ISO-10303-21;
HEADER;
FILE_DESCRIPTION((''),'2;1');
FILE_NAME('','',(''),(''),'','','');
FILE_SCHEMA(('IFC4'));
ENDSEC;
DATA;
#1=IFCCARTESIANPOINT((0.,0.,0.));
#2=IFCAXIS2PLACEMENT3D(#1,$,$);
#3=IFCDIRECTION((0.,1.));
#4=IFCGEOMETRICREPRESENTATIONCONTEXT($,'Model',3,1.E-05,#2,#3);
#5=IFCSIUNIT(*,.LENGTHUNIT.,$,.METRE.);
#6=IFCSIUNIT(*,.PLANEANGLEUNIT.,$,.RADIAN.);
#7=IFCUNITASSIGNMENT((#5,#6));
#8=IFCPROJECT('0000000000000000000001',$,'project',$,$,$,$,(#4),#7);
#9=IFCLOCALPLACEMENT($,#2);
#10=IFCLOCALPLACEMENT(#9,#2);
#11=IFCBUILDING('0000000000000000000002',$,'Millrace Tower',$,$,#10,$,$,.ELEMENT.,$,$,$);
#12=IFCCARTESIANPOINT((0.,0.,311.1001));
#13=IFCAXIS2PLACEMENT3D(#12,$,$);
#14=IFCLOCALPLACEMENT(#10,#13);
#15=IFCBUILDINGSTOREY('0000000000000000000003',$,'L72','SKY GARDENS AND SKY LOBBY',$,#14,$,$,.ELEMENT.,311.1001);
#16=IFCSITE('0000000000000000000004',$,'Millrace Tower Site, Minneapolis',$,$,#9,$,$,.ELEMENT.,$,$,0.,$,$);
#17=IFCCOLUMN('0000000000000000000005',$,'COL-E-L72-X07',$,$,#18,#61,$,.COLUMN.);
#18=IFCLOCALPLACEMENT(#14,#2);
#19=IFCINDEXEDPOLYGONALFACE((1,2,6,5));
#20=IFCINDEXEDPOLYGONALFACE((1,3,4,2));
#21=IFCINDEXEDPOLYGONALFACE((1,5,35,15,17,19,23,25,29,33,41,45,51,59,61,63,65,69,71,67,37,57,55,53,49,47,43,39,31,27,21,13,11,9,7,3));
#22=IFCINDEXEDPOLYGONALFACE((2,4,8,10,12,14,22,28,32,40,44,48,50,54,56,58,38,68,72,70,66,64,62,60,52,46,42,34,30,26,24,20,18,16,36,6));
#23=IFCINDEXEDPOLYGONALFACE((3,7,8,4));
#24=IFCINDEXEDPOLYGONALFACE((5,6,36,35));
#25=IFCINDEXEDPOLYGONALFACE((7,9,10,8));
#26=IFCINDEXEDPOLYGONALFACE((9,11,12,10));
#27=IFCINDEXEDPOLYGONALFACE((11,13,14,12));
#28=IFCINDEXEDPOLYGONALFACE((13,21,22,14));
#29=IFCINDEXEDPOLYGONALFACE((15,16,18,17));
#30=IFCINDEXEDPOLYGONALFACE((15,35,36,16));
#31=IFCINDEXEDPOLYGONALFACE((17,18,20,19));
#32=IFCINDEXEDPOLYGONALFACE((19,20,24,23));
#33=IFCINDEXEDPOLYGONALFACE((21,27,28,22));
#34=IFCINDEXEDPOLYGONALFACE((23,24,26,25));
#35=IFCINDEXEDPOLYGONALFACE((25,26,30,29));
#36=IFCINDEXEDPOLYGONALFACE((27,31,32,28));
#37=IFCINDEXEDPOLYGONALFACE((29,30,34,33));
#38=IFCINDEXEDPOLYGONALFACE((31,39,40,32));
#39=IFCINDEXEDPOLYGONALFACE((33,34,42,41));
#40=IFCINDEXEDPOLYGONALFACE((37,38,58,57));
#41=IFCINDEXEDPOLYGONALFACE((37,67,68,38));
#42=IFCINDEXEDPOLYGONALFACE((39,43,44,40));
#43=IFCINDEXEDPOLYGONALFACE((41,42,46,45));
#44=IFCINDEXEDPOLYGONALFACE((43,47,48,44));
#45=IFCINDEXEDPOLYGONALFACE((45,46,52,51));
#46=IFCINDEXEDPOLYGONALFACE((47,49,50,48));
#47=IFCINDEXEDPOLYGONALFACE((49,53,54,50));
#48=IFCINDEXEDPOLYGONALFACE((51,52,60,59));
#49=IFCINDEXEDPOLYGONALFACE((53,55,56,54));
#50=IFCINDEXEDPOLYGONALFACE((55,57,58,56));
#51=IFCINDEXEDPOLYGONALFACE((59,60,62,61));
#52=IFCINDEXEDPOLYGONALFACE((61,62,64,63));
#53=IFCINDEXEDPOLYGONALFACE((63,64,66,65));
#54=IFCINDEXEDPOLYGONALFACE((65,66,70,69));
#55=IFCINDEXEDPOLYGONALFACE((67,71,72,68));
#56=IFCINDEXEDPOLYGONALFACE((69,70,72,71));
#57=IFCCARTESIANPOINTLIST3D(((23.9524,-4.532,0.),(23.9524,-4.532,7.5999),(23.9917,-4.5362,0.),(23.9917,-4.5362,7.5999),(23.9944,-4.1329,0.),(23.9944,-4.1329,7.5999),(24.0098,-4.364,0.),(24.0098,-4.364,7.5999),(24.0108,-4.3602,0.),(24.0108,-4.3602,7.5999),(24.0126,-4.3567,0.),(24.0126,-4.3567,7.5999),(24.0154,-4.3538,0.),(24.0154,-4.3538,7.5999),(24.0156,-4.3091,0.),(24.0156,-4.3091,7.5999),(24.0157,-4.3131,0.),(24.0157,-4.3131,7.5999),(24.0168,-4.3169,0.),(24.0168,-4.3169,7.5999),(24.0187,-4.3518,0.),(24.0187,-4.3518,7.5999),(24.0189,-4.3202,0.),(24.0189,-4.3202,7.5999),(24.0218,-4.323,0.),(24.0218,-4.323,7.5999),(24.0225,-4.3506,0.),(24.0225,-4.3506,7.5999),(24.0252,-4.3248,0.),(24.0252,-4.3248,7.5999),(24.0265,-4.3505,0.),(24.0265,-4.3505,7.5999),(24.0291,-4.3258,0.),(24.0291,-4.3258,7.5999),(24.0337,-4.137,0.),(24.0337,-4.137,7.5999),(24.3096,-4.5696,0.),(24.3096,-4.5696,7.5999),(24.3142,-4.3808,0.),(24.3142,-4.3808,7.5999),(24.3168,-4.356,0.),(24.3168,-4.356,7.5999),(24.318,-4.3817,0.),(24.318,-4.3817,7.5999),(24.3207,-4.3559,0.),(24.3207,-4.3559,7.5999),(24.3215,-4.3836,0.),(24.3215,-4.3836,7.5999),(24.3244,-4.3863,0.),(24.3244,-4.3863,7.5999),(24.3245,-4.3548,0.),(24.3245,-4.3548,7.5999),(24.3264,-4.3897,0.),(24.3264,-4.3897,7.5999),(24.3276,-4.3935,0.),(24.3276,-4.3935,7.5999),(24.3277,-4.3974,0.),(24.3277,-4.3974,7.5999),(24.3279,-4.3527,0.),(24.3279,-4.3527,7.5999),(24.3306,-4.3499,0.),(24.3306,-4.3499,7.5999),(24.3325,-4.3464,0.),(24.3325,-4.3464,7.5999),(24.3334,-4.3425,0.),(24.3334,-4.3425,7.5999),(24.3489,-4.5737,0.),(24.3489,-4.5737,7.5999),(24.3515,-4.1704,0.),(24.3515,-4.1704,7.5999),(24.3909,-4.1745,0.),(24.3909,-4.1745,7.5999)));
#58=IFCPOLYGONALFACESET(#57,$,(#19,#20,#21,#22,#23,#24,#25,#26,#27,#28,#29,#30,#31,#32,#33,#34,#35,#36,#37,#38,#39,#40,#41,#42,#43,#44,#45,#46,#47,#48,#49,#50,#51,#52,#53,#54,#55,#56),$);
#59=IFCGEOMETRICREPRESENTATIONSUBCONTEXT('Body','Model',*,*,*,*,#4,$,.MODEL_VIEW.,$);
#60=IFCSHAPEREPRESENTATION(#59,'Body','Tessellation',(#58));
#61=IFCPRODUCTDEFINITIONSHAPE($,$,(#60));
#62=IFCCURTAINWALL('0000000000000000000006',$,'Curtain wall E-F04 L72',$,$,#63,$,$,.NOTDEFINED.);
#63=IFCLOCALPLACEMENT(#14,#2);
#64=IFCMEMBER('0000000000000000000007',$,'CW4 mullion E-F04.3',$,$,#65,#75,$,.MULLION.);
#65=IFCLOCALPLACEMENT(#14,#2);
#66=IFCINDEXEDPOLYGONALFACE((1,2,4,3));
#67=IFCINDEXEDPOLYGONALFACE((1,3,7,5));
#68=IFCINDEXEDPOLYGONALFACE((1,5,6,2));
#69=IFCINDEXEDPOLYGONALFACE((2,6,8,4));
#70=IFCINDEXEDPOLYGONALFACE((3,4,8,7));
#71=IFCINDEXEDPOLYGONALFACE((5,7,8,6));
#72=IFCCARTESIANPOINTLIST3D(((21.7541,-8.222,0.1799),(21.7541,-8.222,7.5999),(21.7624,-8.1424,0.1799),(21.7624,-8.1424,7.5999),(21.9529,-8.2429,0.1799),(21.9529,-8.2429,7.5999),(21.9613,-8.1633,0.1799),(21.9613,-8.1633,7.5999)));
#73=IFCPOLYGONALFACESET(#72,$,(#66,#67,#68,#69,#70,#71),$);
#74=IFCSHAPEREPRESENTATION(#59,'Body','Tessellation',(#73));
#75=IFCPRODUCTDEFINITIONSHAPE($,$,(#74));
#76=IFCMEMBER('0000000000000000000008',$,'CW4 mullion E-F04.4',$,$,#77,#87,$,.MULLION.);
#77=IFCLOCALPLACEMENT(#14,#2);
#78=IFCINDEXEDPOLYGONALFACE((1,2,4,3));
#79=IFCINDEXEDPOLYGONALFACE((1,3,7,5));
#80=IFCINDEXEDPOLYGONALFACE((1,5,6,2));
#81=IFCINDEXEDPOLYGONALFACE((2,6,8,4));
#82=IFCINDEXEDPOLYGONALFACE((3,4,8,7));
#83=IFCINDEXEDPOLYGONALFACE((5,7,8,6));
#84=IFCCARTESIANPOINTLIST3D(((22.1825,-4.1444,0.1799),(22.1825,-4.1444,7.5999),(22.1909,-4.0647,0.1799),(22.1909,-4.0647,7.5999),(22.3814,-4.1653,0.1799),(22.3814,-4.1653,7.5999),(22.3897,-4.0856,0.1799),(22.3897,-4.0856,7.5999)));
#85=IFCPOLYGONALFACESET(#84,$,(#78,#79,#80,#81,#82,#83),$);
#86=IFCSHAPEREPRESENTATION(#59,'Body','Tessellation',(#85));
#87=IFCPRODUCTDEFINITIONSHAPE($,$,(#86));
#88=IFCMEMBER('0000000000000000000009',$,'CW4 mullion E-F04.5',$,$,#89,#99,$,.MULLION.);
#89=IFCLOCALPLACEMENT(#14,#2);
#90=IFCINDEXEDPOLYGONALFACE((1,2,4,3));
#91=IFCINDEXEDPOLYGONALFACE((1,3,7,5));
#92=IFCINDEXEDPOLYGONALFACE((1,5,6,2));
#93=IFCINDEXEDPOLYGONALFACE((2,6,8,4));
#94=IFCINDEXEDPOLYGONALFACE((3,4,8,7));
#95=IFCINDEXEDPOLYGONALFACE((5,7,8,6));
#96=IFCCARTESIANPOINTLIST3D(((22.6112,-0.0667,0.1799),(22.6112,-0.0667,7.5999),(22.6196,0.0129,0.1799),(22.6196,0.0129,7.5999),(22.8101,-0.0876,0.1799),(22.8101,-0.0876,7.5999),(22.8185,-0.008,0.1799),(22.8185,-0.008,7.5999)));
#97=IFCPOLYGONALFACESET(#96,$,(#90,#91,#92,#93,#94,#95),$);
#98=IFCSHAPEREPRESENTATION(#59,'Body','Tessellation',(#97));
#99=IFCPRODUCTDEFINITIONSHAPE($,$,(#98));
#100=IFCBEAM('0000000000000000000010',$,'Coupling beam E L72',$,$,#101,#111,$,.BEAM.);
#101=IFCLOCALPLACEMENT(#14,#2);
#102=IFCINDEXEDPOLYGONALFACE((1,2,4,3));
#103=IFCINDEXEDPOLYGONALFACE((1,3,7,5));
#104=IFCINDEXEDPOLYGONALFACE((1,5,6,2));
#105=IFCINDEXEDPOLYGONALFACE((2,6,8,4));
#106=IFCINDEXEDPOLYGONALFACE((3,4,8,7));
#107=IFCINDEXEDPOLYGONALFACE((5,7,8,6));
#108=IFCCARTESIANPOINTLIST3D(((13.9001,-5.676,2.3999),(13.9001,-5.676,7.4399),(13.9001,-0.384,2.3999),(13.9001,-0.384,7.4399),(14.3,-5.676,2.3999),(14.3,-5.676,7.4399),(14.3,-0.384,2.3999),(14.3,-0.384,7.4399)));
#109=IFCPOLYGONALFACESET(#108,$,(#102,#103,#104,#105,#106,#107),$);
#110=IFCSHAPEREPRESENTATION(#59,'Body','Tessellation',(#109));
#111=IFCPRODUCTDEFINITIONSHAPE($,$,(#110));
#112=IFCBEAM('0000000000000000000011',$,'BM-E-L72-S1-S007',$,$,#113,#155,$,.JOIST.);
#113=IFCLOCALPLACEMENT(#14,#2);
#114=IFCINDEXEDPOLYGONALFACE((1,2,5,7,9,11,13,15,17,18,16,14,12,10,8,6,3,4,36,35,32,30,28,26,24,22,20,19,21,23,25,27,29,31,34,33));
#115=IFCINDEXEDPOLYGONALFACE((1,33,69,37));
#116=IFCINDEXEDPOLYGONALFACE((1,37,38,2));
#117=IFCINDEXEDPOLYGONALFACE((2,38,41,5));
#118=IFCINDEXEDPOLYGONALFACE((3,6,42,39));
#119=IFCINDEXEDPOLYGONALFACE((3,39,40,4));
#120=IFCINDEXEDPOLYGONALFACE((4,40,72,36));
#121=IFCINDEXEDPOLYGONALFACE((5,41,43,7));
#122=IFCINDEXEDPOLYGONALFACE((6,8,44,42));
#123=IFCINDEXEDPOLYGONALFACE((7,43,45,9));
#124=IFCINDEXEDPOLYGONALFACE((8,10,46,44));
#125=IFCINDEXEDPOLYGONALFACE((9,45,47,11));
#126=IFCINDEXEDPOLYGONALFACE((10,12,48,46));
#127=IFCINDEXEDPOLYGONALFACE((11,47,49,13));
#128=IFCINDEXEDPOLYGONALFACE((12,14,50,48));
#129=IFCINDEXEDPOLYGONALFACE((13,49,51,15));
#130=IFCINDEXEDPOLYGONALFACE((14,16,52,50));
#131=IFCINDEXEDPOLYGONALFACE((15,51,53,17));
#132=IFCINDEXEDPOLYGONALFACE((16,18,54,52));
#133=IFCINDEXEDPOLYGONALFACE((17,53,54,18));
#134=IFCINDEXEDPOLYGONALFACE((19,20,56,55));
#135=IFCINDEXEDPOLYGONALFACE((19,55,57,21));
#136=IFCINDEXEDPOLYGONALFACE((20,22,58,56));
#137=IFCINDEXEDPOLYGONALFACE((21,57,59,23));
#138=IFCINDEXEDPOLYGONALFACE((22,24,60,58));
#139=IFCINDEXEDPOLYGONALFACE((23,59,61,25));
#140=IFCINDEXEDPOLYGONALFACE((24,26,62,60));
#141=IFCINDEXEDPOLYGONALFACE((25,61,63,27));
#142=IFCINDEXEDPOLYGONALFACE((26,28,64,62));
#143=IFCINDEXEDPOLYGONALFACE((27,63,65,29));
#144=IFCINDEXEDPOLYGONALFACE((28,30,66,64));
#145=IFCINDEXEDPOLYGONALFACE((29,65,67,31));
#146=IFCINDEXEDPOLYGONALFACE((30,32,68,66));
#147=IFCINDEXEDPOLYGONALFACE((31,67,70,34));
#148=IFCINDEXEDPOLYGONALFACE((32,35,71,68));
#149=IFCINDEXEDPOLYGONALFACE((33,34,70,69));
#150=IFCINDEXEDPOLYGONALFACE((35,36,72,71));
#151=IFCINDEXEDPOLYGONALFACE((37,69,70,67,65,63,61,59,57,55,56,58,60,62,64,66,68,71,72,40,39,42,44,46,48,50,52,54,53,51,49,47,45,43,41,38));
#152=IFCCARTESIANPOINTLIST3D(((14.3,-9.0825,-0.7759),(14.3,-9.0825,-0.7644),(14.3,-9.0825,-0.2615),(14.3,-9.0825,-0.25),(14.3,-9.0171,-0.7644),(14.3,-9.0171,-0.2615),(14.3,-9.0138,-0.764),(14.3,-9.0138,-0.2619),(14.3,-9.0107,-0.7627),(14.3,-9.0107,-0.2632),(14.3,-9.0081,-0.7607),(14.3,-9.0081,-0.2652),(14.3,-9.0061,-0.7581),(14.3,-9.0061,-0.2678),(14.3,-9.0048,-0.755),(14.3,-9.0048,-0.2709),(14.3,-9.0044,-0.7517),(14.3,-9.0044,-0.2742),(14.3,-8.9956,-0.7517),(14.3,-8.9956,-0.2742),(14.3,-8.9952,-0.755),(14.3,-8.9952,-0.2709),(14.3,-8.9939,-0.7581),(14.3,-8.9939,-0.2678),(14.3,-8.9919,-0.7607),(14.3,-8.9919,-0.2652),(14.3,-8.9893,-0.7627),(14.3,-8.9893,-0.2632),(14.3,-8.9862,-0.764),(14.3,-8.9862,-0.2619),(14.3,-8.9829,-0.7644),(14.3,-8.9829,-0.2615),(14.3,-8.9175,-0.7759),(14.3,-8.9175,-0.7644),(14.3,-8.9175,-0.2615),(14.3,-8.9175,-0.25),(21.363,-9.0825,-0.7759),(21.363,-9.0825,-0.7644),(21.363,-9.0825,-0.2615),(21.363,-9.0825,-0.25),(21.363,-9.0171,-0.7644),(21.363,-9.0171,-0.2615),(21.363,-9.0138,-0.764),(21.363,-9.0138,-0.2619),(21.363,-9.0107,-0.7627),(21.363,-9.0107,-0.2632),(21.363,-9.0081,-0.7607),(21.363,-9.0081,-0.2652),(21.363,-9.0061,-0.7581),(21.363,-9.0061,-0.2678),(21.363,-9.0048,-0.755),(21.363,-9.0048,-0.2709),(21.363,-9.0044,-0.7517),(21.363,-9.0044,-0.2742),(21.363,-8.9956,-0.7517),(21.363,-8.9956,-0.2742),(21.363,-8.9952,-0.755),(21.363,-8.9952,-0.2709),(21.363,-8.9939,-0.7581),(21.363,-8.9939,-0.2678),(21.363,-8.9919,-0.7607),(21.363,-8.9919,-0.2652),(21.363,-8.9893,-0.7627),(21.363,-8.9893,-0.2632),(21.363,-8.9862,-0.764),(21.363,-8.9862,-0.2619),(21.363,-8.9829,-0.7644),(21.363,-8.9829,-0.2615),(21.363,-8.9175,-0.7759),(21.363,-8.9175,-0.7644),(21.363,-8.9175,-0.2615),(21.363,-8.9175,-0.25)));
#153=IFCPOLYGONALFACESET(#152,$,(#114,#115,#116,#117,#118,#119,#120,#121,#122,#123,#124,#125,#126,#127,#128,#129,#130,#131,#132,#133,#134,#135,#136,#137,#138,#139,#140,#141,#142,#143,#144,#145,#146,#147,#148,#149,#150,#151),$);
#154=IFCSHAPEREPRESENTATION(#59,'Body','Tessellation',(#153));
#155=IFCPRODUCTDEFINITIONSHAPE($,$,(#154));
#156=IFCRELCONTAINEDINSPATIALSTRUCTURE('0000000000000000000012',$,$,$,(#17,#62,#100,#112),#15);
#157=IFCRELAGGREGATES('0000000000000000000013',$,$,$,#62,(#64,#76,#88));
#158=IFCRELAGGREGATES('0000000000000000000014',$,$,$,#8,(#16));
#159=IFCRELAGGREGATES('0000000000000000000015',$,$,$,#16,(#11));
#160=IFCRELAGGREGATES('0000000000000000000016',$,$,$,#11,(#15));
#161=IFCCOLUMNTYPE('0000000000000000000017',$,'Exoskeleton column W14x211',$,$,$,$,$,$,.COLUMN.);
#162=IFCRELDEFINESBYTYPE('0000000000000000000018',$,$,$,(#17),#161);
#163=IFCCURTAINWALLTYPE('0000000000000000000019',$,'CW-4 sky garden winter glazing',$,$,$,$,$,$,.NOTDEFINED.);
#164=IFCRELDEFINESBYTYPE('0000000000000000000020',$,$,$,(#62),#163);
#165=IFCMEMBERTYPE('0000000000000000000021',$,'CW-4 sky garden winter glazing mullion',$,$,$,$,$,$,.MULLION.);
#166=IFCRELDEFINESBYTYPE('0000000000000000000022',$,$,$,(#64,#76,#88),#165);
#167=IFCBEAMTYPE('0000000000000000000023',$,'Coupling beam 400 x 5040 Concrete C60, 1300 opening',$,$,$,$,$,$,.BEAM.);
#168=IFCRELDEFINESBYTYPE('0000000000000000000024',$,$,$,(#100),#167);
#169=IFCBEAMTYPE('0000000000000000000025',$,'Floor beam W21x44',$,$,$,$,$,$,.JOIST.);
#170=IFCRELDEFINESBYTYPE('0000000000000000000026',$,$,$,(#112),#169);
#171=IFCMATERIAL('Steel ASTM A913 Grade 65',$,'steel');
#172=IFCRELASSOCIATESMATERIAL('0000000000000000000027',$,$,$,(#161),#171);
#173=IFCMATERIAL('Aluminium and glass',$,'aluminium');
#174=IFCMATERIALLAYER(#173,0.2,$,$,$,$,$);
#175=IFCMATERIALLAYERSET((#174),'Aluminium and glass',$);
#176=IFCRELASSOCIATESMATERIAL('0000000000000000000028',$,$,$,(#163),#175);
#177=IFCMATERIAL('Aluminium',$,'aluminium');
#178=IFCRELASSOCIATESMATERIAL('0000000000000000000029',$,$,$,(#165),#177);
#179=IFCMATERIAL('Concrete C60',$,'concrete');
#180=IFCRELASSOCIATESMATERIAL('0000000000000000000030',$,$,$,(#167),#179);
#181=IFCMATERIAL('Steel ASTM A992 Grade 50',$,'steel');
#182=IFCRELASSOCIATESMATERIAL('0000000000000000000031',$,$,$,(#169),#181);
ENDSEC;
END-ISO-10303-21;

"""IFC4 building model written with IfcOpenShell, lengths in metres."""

from ifc_helpers import new_model, si_unit, direction, frame, origin, origin_2d, place, context, subcontext, project, spatial, rectangle, i_section, extrude, material, layer, layer_set, material_profile, profile_set, type_object, element, aggregate, save


model = new_model("IFC4")

# Units and contexts
model_context = context("Model", 3, precision=1e-05, world=origin(), true_north=direction((0.0, 1.0)))
body_context = subcontext(model_context, "Body", "Model", "MODEL_VIEW")
ifc_project = project(units=[si_unit("LENGTHUNIT", "METRE"), si_unit("PLANEANGLEUNIT", "RADIAN")], contexts=[model_context])

# Site, building, storey
site_placement = place(None, origin())
site = spatial("IfcSite", under=ifc_project, at=site_placement, Name="Millrace Tower Site, Minneapolis", CompositionType="ELEMENT", RefElevation=0.0)
building_placement = place(site_placement, origin())
building = spatial("IfcBuilding", under=site, at=building_placement, Name="Millrace Tower", CompositionType="ELEMENT")
storey_placement = place(building_placement, frame((0.0, 0.0, 311.1001)))
storey = spatial("IfcBuildingStorey", under=building, at=storey_placement, Name="L72", Description="SKY GARDENS AND SKY LOBBY", CompositionType="ELEMENT", Elevation=311.1001)

# Column
ifc_material_1 = material(Name="Steel ASTM A913 Grade 65", Category="steel")
ifc_material_profile_1 = material_profile(ifc_material_1, i_section(OverallWidth=0.4014, OverallDepth=0.3987, WebThickness=0.0249, FlangeThickness=0.0396, FilletRadius=0.0151, at=origin_2d()))
ifc_profile_set_1 = profile_set([ifc_material_profile_1], Name="Steel ASTM A913 Grade 65")
column_type = type_object("IfcColumnType", Name="Exoskeleton column W14x211", PredefinedType="COLUMN", material=ifc_profile_set_1)
column_placement = place(storey_placement, frame((24.1716, -4.3533, 0.0), z_axis=(0.0, 0.0, 1.0), x_axis=(0.104528, 0.994522, 0.0)))
element("IfcColumn", 1, at=column_placement, inside=storey, type_object=column_type, Name="COL-E-L72-X07", PredefinedType="COLUMN", context=body_context, shape_type="SweptSolid", body=[
    extrude(i_section(OverallWidth=0.4014, OverallDepth=0.3987, WebThickness=0.0249, FlangeThickness=0.0396, FilletRadius=0.0151, at=origin_2d()), origin(), (0.0, 0.0, 1.0), 7.5999),
])

# Curtain wall, members
ifc_material_2 = material(Name="Aluminium and glass", Category="aluminium")
ifc_layer_1 = layer(ifc_material_2, 0.2)
ifc_layer_set_1 = layer_set([ifc_layer_1], Name="Aluminium and glass")
curtain_wall_type = type_object("IfcCurtainWallType", Name="CW-4 sky garden winter glazing", PredefinedType="NOTDEFINED", material=ifc_layer_set_1)
placement = place(storey_placement, origin())
curtain_wall = element("IfcCurtainWall", 2, at=placement, inside=storey, type_object=curtain_wall_type, Name="Curtain wall E-F04 L72", PredefinedType="NOTDEFINED")
ifc_material_3 = material(Name="Aluminium", Category="aluminium")
ifc_material_profile_2 = material_profile(ifc_material_3, rectangle(XDim=0.0801, YDim=0.2, at=origin_2d()))
ifc_profile_set_2 = profile_set([ifc_material_profile_2], Name="Aluminium")
member_type = type_object("IfcMemberType", Name="CW-4 sky garden winter glazing mullion", PredefinedType="MULLION", material=ifc_profile_set_2)
member_1_placement = place(storey_placement, frame((21.8577, -8.1926, 0.1799), z_axis=(0.0, 0.0, 1.0), x_axis=(0.104528, 0.994522, 0.0)))
member_1 = element("IfcMember", 3, at=member_1_placement, type_object=member_type, Name="CW4 mullion E-F04.3", PredefinedType="MULLION", context=body_context, shape_type="SweptSolid", body=[
    extrude(rectangle(XDim=0.0801, YDim=0.2, at=origin_2d()), origin(), (0.0, 0.0, 1.0), 7.4199),
])
member_2_placement = place(storey_placement, frame((22.2861, -4.115, 0.1799), z_axis=(0.0, 0.0, 1.0), x_axis=(0.104528, 0.994522, 0.0)))
member_2 = element("IfcMember", 4, at=member_2_placement, type_object=member_type, Name="CW4 mullion E-F04.4", PredefinedType="MULLION", context=body_context, shape_type="SweptSolid", body=[
    extrude(rectangle(XDim=0.0801, YDim=0.2, at=origin_2d()), origin(), (0.0, 0.0, 1.0), 7.4199),
])
member_3_placement = place(storey_placement, frame((22.7148, -0.0374, 0.1799), z_axis=(0.0, 0.0, 1.0), x_axis=(0.104528, 0.994522, 0.0)))
member_3 = element("IfcMember", 5, at=member_3_placement, type_object=member_type, Name="CW4 mullion E-F04.5", PredefinedType="MULLION", context=body_context, shape_type="SweptSolid", body=[
    extrude(rectangle(XDim=0.0801, YDim=0.2, at=origin_2d()), origin(), (0.0, 0.0, 1.0), 7.4199),
])
aggregate(curtain_wall, [member_1, member_2, member_3])

# Beams
ifc_material_4 = material(Name="Concrete C60", Category="concrete")
ifc_material_profile_3 = material_profile(ifc_material_4, rectangle(XDim=0.3999, YDim=5.04, at=origin_2d()))
ifc_profile_set_3 = profile_set([ifc_material_profile_3], Name="Concrete C60")
beam_type_1 = type_object("IfcBeamType", Name="Coupling beam 400 x 5040 Concrete C60, 1300 opening", PredefinedType="BEAM", material=ifc_profile_set_3)
beam_1_placement = place(storey_placement, frame((14.1001, -0.384, 4.9199), z_axis=(0.0, -1.0, 0.0), x_axis=(1.0, 0.0, 0.0)))
element("IfcBeam", 6, at=beam_1_placement, inside=storey, type_object=beam_type_1, Name="Coupling beam E L72", PredefinedType="BEAM", context=body_context, shape_type="SweptSolid", body=[
    extrude(rectangle(XDim=0.3999, YDim=5.04, at=origin_2d()), origin(), (0.0, 0.0, 1.0), 5.292),
])
ifc_material_5 = material(Name="Steel ASTM A992 Grade 50", Category="steel")
ifc_material_profile_4 = material_profile(ifc_material_5, i_section(OverallWidth=0.165, OverallDepth=0.5259, WebThickness=0.0088, FlangeThickness=0.0115, FilletRadius=0.0127, at=origin_2d()))
ifc_profile_set_4 = profile_set([ifc_material_profile_4], Name="Steel ASTM A992 Grade 50")
beam_type_2 = type_object("IfcBeamType", Name="Floor beam W21x44", PredefinedType="JOIST", material=ifc_profile_set_4)
beam_2_placement = place(storey_placement, frame((14.3, -9.0, -0.5129), z_axis=(1.0, 0.0, 0.0), x_axis=(0.0, 1.0, 0.0)))
element("IfcBeam", 7, at=beam_2_placement, inside=storey, type_object=beam_type_2, Name="BM-E-L72-S1-S007", PredefinedType="JOIST", context=body_context, shape_type="SweptSolid", body=[
    extrude(i_section(OverallWidth=0.165, OverallDepth=0.5259, WebThickness=0.0088, FlangeThickness=0.0115, FilletRadius=0.0127, at=origin_2d()), origin(), (0.0, 0.0, 1.0), 7.063),
])

save(model, "model.ifc")
